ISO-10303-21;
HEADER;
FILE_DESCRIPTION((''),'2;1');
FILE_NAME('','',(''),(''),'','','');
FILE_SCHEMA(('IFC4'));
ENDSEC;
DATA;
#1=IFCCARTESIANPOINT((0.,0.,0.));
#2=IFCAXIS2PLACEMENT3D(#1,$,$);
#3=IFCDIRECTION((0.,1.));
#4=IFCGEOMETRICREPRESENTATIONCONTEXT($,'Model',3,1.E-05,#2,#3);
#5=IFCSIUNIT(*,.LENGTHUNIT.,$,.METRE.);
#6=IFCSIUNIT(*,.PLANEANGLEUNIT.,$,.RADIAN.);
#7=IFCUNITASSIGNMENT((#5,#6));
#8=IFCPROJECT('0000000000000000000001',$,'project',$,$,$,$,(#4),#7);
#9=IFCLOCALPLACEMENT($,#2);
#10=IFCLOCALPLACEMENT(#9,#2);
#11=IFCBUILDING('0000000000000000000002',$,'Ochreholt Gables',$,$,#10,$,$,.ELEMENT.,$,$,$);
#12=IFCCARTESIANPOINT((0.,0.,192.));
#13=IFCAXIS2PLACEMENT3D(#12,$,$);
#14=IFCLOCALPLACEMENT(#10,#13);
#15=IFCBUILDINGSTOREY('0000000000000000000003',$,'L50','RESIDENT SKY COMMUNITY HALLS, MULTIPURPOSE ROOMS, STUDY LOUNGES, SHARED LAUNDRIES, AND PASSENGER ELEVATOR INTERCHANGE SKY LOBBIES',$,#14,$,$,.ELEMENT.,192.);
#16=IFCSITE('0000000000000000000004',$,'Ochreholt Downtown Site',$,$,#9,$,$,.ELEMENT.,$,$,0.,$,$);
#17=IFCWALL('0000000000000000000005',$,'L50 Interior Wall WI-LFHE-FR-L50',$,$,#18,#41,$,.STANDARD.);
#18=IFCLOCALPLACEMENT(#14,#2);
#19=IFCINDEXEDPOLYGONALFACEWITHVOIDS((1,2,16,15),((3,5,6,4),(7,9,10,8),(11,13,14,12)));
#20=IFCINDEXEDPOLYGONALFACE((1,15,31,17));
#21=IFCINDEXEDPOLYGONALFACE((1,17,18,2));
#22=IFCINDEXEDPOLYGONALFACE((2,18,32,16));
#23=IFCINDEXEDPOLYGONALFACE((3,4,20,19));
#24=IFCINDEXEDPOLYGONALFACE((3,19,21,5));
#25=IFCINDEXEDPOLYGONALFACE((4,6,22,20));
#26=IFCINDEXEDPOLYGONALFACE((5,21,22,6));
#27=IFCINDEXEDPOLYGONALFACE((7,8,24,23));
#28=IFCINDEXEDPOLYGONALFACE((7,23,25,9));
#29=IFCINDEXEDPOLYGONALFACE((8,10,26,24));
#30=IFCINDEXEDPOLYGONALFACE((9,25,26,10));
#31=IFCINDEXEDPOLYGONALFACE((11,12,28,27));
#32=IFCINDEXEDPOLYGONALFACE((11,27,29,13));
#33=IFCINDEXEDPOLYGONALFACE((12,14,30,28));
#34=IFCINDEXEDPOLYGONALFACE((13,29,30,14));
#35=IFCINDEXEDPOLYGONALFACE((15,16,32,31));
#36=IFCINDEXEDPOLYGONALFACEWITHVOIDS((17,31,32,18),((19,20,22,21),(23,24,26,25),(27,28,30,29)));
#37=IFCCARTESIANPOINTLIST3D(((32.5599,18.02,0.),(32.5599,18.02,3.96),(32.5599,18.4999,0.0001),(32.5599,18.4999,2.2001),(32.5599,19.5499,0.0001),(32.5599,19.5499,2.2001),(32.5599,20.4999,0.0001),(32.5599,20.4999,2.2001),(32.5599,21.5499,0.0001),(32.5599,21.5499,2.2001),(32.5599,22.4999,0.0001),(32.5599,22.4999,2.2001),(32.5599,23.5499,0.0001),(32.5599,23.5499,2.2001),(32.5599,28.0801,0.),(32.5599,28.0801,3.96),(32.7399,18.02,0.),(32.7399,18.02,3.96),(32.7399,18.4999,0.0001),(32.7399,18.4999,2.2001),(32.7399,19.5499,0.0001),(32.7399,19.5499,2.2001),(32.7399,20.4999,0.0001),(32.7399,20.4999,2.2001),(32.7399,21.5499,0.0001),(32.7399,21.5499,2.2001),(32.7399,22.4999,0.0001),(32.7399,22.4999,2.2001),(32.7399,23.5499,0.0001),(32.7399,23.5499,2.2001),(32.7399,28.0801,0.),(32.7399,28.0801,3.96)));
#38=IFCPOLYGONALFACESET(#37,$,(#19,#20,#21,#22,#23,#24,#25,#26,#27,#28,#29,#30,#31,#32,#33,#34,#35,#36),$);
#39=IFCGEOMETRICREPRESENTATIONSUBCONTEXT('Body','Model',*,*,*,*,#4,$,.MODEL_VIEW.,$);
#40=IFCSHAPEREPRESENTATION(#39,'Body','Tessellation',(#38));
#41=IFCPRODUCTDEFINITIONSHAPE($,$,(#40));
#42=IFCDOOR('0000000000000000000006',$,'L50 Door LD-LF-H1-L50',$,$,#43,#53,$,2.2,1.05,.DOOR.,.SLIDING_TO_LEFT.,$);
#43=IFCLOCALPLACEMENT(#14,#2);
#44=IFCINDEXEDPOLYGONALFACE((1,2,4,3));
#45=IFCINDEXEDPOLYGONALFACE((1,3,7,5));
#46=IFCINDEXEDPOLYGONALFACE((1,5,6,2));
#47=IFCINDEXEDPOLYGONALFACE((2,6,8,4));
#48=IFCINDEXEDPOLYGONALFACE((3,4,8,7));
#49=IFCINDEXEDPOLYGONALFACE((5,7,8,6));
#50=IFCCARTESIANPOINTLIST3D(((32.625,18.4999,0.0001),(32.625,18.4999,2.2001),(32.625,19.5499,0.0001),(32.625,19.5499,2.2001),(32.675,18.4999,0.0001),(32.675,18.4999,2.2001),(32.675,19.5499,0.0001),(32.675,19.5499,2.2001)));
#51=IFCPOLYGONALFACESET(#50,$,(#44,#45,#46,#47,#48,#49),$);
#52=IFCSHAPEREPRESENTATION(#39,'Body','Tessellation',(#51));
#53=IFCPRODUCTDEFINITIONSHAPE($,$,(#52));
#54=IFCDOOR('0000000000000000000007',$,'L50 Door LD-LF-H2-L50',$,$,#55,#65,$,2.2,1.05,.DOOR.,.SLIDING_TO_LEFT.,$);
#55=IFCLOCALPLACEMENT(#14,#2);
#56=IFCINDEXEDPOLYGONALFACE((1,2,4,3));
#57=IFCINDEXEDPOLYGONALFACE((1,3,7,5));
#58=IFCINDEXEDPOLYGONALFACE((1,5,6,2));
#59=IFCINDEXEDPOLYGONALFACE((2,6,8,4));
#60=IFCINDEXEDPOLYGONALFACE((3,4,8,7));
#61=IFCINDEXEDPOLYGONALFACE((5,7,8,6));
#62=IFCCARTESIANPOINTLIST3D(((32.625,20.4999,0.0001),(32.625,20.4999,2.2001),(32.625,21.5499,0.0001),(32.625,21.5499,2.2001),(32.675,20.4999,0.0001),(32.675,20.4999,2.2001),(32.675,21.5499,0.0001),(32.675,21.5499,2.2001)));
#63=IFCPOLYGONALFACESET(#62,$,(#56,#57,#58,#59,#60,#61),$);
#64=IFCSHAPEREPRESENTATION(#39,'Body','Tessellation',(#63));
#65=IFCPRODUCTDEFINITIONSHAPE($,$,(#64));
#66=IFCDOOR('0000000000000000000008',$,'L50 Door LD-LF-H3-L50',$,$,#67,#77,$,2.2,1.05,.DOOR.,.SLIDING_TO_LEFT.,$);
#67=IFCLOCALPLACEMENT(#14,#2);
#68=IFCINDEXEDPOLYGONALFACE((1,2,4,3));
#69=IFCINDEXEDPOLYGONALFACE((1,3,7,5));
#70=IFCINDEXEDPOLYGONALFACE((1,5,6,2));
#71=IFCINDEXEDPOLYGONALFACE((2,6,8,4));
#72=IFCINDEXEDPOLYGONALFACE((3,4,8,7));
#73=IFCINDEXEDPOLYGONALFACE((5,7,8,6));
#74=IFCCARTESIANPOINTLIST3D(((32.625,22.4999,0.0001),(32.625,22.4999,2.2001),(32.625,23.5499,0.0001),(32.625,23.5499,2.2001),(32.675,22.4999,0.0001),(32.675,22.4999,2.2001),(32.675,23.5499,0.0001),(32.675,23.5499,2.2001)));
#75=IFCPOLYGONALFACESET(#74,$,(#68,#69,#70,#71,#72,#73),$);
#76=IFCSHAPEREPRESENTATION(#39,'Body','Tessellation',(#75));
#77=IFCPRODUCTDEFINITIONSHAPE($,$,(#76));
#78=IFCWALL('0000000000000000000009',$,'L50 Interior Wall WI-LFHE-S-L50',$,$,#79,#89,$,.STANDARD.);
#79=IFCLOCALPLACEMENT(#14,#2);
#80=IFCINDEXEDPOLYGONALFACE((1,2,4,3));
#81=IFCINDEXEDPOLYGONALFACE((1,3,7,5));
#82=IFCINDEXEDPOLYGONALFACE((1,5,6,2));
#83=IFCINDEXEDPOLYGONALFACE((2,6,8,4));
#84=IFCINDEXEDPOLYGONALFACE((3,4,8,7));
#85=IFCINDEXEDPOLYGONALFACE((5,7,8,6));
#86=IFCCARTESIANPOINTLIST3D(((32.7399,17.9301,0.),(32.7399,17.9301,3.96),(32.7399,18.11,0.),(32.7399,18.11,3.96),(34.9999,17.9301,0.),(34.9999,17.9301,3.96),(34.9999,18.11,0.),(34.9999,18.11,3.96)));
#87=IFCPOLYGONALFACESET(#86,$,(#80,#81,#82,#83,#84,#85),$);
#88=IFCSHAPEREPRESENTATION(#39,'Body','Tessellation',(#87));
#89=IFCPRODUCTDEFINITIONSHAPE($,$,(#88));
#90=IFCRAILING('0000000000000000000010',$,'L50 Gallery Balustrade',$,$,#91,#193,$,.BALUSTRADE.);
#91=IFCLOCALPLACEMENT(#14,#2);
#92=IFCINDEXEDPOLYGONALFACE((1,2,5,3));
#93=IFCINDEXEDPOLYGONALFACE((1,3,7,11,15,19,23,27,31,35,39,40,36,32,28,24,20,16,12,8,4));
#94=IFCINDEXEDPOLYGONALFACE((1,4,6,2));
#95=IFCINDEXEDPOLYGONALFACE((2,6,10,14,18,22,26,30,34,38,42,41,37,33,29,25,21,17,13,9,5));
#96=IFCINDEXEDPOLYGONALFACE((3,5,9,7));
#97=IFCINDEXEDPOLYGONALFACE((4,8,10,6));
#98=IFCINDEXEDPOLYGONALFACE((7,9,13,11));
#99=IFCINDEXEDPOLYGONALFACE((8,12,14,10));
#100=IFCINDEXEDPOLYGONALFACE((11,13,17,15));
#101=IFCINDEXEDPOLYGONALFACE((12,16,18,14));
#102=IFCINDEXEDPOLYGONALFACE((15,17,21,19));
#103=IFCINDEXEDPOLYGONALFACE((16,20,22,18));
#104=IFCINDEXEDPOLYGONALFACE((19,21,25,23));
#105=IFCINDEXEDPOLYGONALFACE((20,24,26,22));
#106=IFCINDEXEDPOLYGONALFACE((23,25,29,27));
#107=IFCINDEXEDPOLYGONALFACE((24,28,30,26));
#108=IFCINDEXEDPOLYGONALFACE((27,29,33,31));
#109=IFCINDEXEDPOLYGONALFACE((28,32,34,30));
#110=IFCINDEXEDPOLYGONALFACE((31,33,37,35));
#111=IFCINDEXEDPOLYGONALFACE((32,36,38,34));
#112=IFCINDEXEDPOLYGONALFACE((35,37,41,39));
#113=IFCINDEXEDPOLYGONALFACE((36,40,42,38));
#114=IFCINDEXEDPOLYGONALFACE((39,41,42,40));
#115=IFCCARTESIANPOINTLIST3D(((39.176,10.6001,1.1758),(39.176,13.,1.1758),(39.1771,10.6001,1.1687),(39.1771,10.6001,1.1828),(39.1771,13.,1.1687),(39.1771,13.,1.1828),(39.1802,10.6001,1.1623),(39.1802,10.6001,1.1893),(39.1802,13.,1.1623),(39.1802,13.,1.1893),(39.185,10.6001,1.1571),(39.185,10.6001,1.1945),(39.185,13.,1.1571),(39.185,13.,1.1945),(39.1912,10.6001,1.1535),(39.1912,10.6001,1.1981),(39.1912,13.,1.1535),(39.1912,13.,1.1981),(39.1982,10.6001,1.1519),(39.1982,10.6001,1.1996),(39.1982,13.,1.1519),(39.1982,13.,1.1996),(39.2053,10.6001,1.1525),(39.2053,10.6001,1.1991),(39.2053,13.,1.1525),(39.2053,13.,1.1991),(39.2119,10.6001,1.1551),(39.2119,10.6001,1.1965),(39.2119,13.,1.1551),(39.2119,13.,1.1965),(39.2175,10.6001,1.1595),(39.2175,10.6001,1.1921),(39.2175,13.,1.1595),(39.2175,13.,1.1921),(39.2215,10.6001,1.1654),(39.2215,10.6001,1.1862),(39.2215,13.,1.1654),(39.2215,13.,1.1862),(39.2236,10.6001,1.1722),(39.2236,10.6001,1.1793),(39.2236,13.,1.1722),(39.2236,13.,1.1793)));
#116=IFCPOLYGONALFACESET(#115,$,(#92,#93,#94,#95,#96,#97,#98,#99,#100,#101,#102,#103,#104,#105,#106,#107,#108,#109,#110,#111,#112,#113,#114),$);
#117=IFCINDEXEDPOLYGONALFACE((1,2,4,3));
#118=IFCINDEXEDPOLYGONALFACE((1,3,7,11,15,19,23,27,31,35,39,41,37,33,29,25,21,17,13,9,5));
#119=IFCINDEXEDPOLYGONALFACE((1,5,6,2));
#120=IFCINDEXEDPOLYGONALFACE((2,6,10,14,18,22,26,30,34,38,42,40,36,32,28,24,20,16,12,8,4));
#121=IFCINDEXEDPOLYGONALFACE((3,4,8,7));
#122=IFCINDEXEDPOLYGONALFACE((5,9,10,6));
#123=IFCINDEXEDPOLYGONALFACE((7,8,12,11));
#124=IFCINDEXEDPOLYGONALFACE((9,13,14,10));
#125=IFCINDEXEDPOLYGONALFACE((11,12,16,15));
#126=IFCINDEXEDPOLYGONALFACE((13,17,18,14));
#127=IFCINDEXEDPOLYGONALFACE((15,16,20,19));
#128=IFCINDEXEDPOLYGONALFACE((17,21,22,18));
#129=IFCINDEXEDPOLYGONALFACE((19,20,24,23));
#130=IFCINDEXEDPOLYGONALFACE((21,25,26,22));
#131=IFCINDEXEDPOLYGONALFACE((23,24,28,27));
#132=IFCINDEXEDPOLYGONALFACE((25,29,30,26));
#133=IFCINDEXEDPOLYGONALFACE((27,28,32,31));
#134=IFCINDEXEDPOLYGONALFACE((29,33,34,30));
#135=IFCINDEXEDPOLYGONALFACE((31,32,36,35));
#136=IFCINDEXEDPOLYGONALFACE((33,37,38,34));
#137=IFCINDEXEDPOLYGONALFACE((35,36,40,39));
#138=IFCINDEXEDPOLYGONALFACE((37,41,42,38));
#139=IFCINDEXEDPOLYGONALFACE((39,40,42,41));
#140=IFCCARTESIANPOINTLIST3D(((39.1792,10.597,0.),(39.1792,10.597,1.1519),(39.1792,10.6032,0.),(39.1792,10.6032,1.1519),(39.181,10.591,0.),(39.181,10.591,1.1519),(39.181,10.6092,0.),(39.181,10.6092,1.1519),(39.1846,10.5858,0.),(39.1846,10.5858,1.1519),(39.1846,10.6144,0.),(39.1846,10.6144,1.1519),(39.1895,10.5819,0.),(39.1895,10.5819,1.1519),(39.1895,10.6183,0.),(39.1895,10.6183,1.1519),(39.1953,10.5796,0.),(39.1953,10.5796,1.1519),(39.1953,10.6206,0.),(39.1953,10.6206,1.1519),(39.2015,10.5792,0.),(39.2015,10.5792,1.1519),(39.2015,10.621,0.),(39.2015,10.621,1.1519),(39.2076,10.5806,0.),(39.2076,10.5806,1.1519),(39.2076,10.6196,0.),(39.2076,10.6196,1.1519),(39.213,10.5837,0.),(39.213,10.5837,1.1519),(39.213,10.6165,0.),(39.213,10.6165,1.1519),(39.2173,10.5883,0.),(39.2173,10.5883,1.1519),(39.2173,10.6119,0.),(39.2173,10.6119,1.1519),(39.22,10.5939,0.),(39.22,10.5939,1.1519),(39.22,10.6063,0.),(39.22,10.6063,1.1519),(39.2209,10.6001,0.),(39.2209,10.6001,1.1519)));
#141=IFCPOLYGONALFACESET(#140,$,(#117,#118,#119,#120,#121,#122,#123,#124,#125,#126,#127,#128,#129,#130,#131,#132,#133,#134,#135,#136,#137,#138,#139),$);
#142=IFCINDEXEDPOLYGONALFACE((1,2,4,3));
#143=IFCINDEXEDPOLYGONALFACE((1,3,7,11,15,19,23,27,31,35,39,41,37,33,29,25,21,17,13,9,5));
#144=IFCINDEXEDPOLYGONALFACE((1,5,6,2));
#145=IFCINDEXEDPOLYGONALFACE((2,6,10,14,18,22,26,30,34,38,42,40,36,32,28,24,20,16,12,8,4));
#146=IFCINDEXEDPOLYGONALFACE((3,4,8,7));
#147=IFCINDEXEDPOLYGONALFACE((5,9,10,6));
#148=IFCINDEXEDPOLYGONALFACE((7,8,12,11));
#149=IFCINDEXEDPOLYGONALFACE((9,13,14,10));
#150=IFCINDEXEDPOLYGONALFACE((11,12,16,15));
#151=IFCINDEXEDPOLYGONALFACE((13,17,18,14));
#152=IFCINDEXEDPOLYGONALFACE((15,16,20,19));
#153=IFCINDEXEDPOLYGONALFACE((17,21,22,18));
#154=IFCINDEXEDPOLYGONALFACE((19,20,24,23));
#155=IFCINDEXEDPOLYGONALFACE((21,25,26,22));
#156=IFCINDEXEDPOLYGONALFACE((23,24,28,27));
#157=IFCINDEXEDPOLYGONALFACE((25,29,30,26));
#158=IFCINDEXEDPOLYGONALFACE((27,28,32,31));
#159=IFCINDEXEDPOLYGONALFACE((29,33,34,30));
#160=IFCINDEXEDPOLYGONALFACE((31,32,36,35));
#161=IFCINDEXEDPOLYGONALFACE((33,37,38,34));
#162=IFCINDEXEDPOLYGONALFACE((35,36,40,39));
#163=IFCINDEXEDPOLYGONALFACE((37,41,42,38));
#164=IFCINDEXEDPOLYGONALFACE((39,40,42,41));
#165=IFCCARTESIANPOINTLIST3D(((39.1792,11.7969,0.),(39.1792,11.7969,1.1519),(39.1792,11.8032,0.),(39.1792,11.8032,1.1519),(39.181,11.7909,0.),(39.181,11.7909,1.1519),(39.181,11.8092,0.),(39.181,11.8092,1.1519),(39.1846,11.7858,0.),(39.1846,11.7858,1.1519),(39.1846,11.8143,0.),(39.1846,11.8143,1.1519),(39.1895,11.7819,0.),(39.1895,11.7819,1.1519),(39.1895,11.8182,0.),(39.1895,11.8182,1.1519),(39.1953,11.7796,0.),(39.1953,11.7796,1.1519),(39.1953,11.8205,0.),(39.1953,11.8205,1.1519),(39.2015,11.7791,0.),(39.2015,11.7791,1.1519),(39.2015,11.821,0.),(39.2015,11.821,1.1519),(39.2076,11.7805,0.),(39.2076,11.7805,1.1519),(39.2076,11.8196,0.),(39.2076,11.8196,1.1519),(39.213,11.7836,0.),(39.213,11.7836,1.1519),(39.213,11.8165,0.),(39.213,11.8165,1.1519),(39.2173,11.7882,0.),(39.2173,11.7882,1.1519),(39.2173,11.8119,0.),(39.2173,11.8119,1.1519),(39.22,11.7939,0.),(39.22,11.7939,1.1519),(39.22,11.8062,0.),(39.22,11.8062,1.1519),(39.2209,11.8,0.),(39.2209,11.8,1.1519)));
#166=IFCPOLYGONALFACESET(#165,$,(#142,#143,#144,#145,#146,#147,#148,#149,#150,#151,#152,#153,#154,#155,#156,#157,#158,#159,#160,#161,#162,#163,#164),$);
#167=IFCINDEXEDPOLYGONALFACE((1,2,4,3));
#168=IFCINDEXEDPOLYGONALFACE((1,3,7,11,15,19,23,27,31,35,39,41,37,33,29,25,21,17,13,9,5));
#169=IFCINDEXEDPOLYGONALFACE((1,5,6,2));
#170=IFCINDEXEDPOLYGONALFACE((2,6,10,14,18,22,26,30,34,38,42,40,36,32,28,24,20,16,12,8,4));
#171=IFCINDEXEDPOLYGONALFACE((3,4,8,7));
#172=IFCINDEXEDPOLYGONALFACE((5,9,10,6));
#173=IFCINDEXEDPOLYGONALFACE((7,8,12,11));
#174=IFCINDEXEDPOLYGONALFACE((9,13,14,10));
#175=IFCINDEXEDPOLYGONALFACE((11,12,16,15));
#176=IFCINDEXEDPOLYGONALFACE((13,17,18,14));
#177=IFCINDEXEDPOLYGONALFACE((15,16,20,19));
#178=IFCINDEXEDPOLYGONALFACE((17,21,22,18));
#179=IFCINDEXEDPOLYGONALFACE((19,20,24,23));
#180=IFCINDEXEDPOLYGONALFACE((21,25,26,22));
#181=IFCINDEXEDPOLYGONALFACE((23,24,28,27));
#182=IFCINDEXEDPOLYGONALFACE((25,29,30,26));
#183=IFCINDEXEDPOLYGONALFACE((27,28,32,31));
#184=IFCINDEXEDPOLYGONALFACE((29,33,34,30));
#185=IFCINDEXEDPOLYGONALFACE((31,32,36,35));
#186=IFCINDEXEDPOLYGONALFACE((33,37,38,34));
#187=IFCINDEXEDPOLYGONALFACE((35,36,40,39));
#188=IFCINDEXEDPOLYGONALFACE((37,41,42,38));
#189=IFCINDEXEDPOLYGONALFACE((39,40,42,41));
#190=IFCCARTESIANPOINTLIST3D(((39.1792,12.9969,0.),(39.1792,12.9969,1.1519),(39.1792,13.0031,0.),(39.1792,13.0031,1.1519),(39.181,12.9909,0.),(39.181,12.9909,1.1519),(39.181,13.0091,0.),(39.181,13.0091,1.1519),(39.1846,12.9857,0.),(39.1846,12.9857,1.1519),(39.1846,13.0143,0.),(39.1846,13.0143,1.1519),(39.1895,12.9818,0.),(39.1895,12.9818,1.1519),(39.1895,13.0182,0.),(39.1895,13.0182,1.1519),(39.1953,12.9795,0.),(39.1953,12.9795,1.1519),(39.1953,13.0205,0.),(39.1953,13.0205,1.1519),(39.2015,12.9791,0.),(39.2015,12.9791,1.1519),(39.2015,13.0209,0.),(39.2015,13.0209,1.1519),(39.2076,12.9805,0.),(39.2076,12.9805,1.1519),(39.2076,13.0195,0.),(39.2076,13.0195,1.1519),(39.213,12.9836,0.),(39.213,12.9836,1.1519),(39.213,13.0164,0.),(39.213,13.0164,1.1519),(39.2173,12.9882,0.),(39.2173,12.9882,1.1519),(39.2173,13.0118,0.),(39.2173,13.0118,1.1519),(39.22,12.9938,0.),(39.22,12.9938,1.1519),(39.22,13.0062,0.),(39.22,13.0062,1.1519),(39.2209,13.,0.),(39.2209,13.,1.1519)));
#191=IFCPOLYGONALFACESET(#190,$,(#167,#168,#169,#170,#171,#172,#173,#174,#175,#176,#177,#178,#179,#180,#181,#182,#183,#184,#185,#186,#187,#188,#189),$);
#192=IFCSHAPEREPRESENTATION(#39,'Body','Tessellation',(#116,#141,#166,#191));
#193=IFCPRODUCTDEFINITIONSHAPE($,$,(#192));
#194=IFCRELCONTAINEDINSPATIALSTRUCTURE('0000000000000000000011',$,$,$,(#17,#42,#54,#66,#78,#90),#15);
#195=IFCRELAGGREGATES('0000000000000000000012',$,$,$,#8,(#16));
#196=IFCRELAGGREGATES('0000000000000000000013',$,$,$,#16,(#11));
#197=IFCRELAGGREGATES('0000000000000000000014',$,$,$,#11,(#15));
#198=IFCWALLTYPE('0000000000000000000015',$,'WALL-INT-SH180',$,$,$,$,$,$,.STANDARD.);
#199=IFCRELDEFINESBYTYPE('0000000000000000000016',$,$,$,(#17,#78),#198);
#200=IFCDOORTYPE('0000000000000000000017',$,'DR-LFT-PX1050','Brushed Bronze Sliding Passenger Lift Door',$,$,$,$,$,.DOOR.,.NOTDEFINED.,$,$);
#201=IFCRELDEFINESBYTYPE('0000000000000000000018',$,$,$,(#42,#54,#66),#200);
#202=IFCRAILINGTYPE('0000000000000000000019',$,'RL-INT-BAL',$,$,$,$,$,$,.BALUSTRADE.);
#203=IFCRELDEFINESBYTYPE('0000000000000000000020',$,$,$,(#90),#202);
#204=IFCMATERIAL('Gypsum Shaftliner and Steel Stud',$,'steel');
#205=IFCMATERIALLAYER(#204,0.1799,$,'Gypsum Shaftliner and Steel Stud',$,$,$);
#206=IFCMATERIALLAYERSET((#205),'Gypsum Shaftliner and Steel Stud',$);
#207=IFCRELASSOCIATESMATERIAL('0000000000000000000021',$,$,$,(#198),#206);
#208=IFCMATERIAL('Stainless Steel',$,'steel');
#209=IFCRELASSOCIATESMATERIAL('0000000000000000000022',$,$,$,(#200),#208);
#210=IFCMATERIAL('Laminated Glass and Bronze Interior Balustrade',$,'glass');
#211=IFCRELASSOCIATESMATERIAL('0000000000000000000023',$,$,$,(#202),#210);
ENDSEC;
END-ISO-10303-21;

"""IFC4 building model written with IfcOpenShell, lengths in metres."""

from ifc_helpers import new_model, si_unit, direction, frame, frame_2d, origin, origin_2d, place, context, subcontext, project, spatial, rectangle, circle, extrude, material, layer, layer_set, type_object, element, fill, save


model = new_model("IFC4")

# Units and contexts
model_context = context("Model", 3, precision=1e-05, world=origin(), true_north=direction((0.0, 1.0)))
body_context = subcontext(model_context, "Body", "Model", "MODEL_VIEW")
ifc_project = project(units=[si_unit("LENGTHUNIT", "METRE"), si_unit("PLANEANGLEUNIT", "RADIAN")], contexts=[model_context])

# Site, building, storey
site_placement = place(None, origin())
site = spatial("IfcSite", under=ifc_project, at=site_placement, Name="Ochreholt Downtown Site", CompositionType="ELEMENT", RefElevation=0.0)
building_placement = place(site_placement, origin())
building = spatial("IfcBuilding", under=site, at=building_placement, Name="Ochreholt Gables", CompositionType="ELEMENT")
storey_placement = place(building_placement, frame((0.0, 0.0, 192.0)))
storey = spatial("IfcBuildingStorey", under=building, at=storey_placement, Name="L50", Description="RESIDENT SKY COMMUNITY HALLS, MULTIPURPOSE ROOMS, STUDY LOUNGES, SHARED LAUNDRIES, AND PASSENGER ELEVATOR INTERCHANGE SKY LOBBIES", CompositionType="ELEMENT", Elevation=192.0)

# Shared definitions
ifc_material_1 = material(Name="Gypsum Shaftliner and Steel Stud", Category="steel")

# Wall, openings, doors
ifc_layer_1 = layer(ifc_material_1, 0.1799, Name="Gypsum Shaftliner and Steel Stud")
ifc_layer_set_1 = layer_set([ifc_layer_1], Name="Gypsum Shaftliner and Steel Stud")
wall_type_1 = type_object("IfcWallType", Name="WALL-INT-SH180", PredefinedType="STANDARD", material=ifc_layer_set_1)
wall_1_placement = place(storey_placement, frame((32.6499, 18.02, 0.0), z_axis=(0.0, 0.0, 1.0), x_axis=(0.0, 1.0, 0.0)))
wall_1 = element("IfcWall", 1, at=wall_1_placement, inside=storey, type_object=wall_type_1, Name="L50 Interior Wall WI-LFHE-FR-L50", PredefinedType="STANDARD", context=body_context, shape_type="SweptSolid", body=[
    extrude(rectangle(XDim=10.0601, YDim=0.1799, at=frame_2d((5.03, 0.0))), origin(), (0.0, 0.0, 1.0), 3.96),
])
opening_1_placement = place(wall_1_placement, frame((0.48, 0.0, 0.0)))
opening_1 = element("IfcOpeningElement", 2, at=opening_1_placement, cuts=wall_1, PredefinedType="OPENING", context=body_context, shape_type="SweptSolid", body=[
    extrude(rectangle(XDim=1.05, YDim=2.2, at=frame_2d((0.5249, 1.1001))), frame((0.0, 0.0999, 0.0), z_axis=(0.0, -1.0, 0.0), x_axis=(1.0, 0.0, 0.0)), (0.0, 0.0, 1.0), 0.2),
])
opening_2_placement = place(wall_1_placement, frame((2.48, 0.0, 0.0)))
opening_2 = element("IfcOpeningElement", 3, at=opening_2_placement, cuts=wall_1, PredefinedType="OPENING", context=body_context, shape_type="SweptSolid", body=[
    extrude(rectangle(XDim=1.05, YDim=2.2, at=frame_2d((0.5249, 1.1001))), frame((0.0, 0.0999, 0.0), z_axis=(0.0, -1.0, 0.0), x_axis=(1.0, 0.0, 0.0)), (0.0, 0.0, 1.0), 0.2),
])
opening_3_placement = place(wall_1_placement, frame((4.48, 0.0, 0.0)))
opening_3 = element("IfcOpeningElement", 4, at=opening_3_placement, cuts=wall_1, PredefinedType="OPENING", context=body_context, shape_type="SweptSolid", body=[
    extrude(rectangle(XDim=1.05, YDim=2.2, at=frame_2d((0.5249, 1.1001))), frame((0.0, 0.0999, 0.0), z_axis=(0.0, -1.0, 0.0), x_axis=(1.0, 0.0, 0.0)), (0.0, 0.0, 1.0), 0.2),
])
ifc_material_2 = material(Name="Stainless Steel", Category="steel")
door_type_1 = type_object("IfcDoorType", Name="DR-LFT-PX1050", Description="Brushed Bronze Sliding Passenger Lift Door", OperationType="NOTDEFINED", PredefinedType="DOOR", material=ifc_material_2)
door_1_placement = place(opening_1_placement, origin())
door_1 = element("IfcDoor", 5, at=door_1_placement, inside=storey, type_object=door_type_1, Name="L50 Door LD-LF-H1-L50", OperationType="SLIDING_TO_LEFT", OverallHeight=2.2, OverallWidth=1.05, PredefinedType="DOOR", context=body_context, shape_type="SweptSolid", body=[
    extrude(rectangle(XDim=1.05, YDim=2.2, at=frame_2d((0.5249, 1.1001))), frame((0.0, 0.0249, 0.0), z_axis=(0.0, -1.0, 0.0), x_axis=(1.0, 0.0, 0.0)), (0.0, 0.0, 1.0), 0.05),
])
fill(opening_1, door_1)
door_2_placement = place(opening_2_placement, origin())
door_2 = element("IfcDoor", 6, at=door_2_placement, inside=storey, type_object=door_type_1, Name="L50 Door LD-LF-H2-L50", OperationType="SLIDING_TO_LEFT", OverallHeight=2.2, OverallWidth=1.05, PredefinedType="DOOR", context=body_context, shape_type="SweptSolid", body=[
    extrude(rectangle(XDim=1.05, YDim=2.2, at=frame_2d((0.5249, 1.1001))), frame((0.0, 0.0249, 0.0), z_axis=(0.0, -1.0, 0.0), x_axis=(1.0, 0.0, 0.0)), (0.0, 0.0, 1.0), 0.05),
])
fill(opening_2, door_2)
door_3_placement = place(opening_3_placement, origin())
door_3 = element("IfcDoor", 7, at=door_3_placement, inside=storey, type_object=door_type_1, Name="L50 Door LD-LF-H3-L50", OperationType="SLIDING_TO_LEFT", OverallHeight=2.2, OverallWidth=1.05, PredefinedType="DOOR", context=body_context, shape_type="SweptSolid", body=[
    extrude(rectangle(XDim=1.05, YDim=2.2, at=frame_2d((0.5249, 1.1001))), frame((0.0, 0.0249, 0.0), z_axis=(0.0, -1.0, 0.0), x_axis=(1.0, 0.0, 0.0)), (0.0, 0.0, 1.0), 0.05),
])
fill(opening_3, door_3)

# Wall
wall_2_placement = place(storey_placement, frame((32.74, 18.02, 0.0), z_axis=(0.0, 0.0, 1.0), x_axis=(1.0, 0.0, 0.0)))
element("IfcWall", 8, at=wall_2_placement, inside=storey, type_object=wall_type_1, Name="L50 Interior Wall WI-LFHE-S-L50", PredefinedType="STANDARD", context=body_context, shape_type="SweptSolid", body=[
    extrude(rectangle(XDim=2.26, YDim=0.1799, at=frame_2d((1.1299, 0.0))), origin(), (0.0, 0.0, 1.0), 3.96),
])

# Railing
ifc_material_3 = material(Name="Laminated Glass and Bronze Interior Balustrade", Category="glass")
railing_type = type_object("IfcRailingType", Name="RL-INT-BAL", PredefinedType="BALUSTRADE", material=ifc_material_3)
railing_placement = place(storey_placement, frame((39.2, 10.6001, 0.0)))
element("IfcRailing", 9, at=railing_placement, inside=storey, type_object=railing_type, Name="L50 Gallery Balustrade", PredefinedType="BALUSTRADE", context=body_context, shape_type="SweptSolid", body=[
    extrude(circle(Radius=0.0239, at=origin_2d()), frame((0.0, 0.0, 1.1758), z_axis=(0.0, 1.0, 0.0), x_axis=(-1.0, 0.0, 0.0)), (0.0, 0.0, 1.0), 2.3999),
    extrude(circle(Radius=0.021, at=origin_2d()), origin(), (0.0, 0.0, 1.0), 1.1519),
    extrude(circle(Radius=0.021, at=origin_2d()), frame((0.0, 1.2, 0.0)), (0.0, 0.0, 1.0), 1.1519),
    extrude(circle(Radius=0.021, at=origin_2d()), frame((0.0, 2.3999, 0.0)), (0.0, 0.0, 1.0), 1.1519),
])

save(model, "model.ifc")
